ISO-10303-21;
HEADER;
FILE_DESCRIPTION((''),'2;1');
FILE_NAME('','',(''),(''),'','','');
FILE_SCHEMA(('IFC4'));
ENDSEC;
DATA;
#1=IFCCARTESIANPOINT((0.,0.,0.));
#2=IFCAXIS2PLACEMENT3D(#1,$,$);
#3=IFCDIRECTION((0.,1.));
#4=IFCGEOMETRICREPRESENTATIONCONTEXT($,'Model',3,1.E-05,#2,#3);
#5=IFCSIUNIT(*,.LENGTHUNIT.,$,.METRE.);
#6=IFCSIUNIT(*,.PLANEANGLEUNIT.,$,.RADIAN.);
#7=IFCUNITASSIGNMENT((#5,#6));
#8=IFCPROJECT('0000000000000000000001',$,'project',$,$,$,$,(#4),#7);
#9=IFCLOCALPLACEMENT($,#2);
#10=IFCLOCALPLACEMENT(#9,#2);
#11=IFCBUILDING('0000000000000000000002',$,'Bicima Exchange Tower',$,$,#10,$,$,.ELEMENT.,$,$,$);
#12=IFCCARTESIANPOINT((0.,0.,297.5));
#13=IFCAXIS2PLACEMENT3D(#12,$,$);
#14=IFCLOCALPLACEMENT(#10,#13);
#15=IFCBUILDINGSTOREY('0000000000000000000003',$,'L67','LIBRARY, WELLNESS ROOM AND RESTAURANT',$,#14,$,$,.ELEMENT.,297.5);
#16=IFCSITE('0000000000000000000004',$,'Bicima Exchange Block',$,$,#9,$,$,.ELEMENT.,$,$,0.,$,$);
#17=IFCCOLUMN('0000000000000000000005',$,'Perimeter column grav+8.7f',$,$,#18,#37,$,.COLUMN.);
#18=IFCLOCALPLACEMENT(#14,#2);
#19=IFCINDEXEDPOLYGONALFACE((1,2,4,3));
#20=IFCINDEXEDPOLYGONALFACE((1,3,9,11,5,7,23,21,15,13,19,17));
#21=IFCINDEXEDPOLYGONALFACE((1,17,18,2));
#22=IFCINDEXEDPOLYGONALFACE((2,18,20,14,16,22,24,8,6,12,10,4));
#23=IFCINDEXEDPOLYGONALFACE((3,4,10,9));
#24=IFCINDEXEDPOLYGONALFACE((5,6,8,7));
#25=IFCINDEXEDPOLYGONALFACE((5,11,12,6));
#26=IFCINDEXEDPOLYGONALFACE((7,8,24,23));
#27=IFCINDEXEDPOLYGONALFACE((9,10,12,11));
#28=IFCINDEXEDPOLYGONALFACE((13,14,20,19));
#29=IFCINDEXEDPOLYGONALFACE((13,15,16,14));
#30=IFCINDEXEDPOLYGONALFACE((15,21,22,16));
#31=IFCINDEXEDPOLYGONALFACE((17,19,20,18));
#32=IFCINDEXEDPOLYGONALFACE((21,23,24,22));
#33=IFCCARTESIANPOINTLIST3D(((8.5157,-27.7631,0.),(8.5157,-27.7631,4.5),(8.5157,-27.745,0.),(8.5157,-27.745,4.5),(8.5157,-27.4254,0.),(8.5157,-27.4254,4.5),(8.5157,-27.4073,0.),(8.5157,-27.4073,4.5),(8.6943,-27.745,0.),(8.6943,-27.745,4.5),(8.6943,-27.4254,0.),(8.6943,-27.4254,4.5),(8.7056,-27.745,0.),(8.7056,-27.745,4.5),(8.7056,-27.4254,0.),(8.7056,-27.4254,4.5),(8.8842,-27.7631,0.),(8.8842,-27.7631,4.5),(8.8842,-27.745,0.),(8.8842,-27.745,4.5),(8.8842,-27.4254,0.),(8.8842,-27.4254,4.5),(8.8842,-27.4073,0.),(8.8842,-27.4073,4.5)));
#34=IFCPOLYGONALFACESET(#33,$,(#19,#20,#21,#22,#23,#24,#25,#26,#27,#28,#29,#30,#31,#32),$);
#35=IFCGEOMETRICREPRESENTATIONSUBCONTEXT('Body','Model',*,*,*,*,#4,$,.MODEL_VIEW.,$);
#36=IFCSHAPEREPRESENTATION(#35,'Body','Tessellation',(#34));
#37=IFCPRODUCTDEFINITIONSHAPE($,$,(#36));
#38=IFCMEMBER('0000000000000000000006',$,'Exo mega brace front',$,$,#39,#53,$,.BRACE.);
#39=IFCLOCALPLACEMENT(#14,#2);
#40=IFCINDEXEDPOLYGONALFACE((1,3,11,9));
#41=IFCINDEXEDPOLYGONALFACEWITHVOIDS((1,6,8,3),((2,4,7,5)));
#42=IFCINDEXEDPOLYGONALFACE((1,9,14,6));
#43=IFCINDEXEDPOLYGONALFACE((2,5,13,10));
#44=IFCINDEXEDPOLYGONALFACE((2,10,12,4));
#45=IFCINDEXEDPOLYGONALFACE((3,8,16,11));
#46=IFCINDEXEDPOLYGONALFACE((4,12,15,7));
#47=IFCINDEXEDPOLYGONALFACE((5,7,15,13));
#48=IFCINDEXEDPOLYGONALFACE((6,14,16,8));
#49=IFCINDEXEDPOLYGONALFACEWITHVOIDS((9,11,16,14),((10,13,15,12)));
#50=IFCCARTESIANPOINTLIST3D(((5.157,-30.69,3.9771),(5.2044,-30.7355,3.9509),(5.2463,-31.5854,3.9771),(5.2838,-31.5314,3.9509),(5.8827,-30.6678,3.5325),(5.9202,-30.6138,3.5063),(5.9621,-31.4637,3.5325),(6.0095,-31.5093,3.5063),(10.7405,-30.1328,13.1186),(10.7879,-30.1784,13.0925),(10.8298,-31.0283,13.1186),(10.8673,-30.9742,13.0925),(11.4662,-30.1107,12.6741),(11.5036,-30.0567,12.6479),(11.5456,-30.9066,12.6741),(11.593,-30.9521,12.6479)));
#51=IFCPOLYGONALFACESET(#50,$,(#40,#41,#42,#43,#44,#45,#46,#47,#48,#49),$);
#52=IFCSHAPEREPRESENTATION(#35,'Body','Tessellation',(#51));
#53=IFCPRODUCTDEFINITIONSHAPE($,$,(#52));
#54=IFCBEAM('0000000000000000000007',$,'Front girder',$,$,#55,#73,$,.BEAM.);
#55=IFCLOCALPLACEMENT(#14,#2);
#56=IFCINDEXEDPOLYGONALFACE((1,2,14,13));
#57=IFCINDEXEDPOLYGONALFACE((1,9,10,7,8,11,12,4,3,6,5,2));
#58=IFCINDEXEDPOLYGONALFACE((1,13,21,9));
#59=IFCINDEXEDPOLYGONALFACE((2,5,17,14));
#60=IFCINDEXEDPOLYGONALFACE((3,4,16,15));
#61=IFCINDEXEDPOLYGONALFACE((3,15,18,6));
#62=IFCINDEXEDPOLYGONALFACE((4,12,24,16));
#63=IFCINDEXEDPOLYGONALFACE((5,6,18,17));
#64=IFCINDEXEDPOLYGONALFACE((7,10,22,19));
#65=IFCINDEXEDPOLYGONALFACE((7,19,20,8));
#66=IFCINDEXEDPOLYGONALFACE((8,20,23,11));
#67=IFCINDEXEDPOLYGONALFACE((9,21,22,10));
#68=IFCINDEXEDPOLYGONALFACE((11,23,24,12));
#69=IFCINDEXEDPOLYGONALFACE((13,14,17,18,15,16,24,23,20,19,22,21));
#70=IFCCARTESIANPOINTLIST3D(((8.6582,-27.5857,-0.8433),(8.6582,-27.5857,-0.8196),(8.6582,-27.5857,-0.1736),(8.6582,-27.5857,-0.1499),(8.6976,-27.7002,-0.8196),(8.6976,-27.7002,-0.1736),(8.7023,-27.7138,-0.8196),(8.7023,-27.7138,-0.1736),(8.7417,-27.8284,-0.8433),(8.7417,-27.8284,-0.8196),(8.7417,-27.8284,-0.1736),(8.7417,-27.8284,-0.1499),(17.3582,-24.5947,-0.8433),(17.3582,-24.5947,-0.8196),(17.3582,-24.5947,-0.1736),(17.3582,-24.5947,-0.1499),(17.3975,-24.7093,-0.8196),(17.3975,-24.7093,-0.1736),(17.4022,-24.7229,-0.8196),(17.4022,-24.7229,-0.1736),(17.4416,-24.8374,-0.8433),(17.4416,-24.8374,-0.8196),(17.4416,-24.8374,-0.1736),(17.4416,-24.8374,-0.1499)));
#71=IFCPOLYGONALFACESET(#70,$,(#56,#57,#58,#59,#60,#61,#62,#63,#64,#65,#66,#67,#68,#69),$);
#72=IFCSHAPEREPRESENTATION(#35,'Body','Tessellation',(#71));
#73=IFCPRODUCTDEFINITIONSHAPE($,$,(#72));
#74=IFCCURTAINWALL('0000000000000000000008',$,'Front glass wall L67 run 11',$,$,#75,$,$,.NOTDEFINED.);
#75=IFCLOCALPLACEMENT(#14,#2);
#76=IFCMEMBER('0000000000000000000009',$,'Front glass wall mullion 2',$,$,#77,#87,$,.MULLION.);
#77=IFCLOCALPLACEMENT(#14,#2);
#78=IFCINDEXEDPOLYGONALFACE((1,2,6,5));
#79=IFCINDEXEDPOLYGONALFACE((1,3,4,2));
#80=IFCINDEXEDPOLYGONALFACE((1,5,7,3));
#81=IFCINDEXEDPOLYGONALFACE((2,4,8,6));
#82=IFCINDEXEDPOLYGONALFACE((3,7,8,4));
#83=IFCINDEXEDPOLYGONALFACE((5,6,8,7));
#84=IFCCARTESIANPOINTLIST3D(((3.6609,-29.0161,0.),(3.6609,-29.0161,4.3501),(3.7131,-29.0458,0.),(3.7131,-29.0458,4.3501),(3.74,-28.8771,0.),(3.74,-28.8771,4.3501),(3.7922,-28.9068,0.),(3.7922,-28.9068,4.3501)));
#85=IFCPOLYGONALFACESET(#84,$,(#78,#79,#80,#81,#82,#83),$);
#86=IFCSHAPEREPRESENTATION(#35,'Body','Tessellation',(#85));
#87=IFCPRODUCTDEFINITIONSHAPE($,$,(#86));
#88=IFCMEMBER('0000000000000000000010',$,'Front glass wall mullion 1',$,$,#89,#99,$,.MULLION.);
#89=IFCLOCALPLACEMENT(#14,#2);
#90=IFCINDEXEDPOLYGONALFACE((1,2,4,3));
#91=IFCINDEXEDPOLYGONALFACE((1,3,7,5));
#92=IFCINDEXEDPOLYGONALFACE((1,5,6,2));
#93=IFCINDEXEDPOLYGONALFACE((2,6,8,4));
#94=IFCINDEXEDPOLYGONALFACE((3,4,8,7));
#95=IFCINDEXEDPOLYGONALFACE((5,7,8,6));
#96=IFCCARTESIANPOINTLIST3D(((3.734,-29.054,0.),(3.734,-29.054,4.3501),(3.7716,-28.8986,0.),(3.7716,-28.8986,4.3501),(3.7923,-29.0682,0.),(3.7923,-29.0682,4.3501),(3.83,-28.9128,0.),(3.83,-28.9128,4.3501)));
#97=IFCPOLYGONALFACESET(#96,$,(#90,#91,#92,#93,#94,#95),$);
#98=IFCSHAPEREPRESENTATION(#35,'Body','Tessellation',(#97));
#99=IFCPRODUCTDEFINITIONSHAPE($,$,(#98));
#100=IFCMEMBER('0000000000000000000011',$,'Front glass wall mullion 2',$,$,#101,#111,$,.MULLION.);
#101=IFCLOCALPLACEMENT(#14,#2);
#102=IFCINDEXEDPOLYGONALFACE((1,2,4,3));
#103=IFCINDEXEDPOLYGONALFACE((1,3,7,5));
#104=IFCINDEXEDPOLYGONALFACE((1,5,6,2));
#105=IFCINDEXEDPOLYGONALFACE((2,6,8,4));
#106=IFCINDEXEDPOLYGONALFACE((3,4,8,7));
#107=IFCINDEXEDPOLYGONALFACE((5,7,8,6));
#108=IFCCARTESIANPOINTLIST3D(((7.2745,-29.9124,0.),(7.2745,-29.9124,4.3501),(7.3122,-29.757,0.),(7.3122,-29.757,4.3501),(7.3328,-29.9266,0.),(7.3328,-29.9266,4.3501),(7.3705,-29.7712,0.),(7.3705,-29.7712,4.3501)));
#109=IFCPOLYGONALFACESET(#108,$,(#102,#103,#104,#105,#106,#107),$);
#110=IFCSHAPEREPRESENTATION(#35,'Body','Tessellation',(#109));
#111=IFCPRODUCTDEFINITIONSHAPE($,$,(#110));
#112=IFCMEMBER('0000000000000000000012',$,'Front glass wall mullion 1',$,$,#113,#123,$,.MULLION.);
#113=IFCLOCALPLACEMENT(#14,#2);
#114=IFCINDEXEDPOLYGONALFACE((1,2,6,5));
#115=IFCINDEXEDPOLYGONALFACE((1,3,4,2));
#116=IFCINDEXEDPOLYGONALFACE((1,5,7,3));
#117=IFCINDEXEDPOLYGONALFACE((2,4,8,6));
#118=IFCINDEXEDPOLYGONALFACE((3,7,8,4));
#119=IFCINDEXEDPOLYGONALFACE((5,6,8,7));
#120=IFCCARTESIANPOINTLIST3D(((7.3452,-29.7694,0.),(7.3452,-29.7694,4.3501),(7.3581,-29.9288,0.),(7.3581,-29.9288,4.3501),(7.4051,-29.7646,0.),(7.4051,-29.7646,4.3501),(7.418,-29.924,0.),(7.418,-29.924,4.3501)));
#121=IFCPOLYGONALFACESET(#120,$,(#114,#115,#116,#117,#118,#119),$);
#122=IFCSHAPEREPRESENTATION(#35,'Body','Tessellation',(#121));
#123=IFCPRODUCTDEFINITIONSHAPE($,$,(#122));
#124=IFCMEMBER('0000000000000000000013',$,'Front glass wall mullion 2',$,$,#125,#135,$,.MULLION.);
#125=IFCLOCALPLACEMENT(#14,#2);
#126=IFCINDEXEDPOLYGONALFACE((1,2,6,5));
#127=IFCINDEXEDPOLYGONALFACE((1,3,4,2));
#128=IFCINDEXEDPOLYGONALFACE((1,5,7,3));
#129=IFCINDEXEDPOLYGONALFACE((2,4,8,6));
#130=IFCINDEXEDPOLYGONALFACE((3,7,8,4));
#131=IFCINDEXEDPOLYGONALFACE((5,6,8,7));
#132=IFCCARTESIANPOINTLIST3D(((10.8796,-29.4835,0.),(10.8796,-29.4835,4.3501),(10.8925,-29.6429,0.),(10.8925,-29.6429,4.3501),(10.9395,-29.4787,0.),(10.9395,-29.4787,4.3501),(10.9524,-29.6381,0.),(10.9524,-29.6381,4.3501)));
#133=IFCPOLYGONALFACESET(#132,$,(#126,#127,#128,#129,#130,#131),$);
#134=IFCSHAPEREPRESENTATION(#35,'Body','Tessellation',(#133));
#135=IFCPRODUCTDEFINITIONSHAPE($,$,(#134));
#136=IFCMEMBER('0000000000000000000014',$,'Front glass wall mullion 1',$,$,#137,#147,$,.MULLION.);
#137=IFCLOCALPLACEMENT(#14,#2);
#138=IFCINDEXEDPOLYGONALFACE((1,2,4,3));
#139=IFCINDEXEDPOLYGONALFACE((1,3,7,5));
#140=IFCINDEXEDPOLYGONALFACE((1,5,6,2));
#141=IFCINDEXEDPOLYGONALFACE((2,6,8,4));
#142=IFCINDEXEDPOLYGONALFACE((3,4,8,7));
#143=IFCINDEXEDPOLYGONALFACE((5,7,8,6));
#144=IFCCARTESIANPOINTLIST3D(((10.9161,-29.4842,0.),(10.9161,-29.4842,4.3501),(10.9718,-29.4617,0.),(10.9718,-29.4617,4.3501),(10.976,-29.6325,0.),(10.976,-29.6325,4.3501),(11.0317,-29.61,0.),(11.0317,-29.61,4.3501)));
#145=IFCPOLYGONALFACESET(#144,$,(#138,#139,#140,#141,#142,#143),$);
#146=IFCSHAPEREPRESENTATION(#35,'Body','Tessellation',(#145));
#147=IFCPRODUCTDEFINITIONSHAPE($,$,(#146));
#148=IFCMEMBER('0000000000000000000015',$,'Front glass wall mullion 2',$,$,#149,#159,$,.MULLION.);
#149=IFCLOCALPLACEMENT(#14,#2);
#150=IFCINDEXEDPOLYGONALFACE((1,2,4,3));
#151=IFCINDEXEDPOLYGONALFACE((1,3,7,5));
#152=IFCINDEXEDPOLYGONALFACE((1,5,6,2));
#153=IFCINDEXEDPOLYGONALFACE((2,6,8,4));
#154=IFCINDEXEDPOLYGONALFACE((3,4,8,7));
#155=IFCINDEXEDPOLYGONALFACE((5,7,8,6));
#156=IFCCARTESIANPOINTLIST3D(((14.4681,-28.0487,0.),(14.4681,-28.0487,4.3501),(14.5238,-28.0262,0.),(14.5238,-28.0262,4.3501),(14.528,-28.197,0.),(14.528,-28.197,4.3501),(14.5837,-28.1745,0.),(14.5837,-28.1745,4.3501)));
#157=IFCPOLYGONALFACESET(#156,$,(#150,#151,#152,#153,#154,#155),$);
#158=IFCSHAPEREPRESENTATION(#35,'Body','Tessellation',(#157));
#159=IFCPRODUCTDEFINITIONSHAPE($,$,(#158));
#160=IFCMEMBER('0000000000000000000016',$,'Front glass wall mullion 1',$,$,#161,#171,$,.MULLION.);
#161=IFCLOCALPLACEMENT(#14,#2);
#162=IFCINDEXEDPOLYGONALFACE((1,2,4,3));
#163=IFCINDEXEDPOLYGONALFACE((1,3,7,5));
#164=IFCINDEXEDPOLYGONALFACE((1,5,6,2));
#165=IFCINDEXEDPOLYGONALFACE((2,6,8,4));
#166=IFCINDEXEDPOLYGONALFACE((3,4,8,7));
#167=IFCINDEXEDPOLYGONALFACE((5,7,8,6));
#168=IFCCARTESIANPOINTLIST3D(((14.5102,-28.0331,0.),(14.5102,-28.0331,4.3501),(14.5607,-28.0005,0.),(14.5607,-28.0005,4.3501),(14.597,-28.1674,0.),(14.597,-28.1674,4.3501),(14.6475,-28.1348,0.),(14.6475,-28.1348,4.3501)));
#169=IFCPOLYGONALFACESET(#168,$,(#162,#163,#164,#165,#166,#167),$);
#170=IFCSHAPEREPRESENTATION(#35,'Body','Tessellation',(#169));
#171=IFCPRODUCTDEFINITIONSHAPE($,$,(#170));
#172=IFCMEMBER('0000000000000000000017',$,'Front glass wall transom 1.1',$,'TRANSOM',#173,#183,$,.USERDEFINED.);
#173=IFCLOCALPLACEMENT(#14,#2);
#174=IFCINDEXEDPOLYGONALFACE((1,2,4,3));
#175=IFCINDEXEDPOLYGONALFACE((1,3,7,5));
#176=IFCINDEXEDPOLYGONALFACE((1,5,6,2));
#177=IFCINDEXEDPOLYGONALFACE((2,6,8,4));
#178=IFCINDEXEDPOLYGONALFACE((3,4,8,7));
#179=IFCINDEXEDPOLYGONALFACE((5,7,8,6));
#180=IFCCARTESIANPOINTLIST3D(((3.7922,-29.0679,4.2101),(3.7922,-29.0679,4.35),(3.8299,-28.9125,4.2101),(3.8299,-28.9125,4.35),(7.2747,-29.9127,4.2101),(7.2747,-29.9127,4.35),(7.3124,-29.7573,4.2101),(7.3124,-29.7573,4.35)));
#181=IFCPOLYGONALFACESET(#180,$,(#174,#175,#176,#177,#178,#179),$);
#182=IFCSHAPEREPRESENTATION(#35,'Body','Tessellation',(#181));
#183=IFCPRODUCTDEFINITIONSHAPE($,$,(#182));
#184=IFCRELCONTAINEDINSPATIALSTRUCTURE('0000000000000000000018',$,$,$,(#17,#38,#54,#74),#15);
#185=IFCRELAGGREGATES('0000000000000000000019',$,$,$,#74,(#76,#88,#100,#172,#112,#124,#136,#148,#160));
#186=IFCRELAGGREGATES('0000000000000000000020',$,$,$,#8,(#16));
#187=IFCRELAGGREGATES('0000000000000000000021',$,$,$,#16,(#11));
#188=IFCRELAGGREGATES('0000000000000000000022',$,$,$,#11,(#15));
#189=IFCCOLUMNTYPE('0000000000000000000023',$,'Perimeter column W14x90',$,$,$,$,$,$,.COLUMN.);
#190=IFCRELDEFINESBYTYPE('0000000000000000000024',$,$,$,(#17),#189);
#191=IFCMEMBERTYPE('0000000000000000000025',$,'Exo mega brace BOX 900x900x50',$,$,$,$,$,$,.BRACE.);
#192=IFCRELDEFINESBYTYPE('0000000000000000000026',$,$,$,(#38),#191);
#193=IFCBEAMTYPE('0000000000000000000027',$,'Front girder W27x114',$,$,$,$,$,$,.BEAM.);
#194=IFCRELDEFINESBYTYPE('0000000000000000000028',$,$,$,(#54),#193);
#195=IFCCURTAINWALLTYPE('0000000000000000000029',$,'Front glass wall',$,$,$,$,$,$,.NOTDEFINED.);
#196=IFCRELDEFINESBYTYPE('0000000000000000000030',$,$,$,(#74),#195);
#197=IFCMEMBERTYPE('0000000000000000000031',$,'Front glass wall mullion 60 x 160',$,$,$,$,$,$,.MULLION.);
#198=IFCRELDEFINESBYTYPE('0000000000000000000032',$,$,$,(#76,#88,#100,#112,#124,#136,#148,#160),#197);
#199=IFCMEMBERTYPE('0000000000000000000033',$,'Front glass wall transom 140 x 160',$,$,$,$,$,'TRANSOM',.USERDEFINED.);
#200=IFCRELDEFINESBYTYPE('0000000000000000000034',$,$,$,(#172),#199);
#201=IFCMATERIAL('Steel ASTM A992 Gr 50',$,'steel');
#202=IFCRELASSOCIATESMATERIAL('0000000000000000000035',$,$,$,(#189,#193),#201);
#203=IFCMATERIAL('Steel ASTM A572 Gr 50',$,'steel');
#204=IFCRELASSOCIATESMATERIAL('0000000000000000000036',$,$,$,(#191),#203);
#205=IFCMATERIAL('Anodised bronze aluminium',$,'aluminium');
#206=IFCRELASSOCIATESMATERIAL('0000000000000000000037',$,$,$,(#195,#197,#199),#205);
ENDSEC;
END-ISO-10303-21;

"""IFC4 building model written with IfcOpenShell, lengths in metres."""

from ifc_helpers import new_model, si_unit, direction, frame, origin, origin_2d, place, context, subcontext, project, spatial, rectangle, hollow_rectangle, i_section, extrude, material, material_profile, profile_set, type_object, element, aggregate, save


model = new_model("IFC4")

# Units and contexts
model_context = context("Model", 3, precision=1e-05, world=origin(), true_north=direction((0.0, 1.0)))
body_context = subcontext(model_context, "Body", "Model", "MODEL_VIEW")
ifc_project = project(units=[si_unit("LENGTHUNIT", "METRE"), si_unit("PLANEANGLEUNIT", "RADIAN")], contexts=[model_context])

# Site, building, storey
site_placement = place(None, origin())
site = spatial("IfcSite", under=ifc_project, at=site_placement, Name="Bicima Exchange Block", CompositionType="ELEMENT", RefElevation=0.0)
building_placement = place(site_placement, origin())
building = spatial("IfcBuilding", under=site, at=building_placement, Name="Bicima Exchange Tower", CompositionType="ELEMENT")
storey_placement = place(building_placement, frame((0.0, 0.0, 297.5)))
storey = spatial("IfcBuildingStorey", under=building, at=storey_placement, Name="L67", Description="LIBRARY, WELLNESS ROOM AND RESTAURANT", CompositionType="ELEMENT", Elevation=297.5)

# Column
ifc_material_1 = material(Name="Steel ASTM A992 Gr 50", Category="steel")
ifc_material_profile_1 = material_profile(ifc_material_1, i_section(OverallWidth=0.3684, OverallDepth=0.3557, WebThickness=0.0112, FlangeThickness=0.0181, at=origin_2d()))
ifc_profile_set_1 = profile_set([ifc_material_profile_1], Name="Steel ASTM A992 Gr 50")
column_type = type_object("IfcColumnType", Name="Perimeter column W14x90", PredefinedType="COLUMN", material=ifc_profile_set_1)
column_placement = place(storey_placement, frame((8.7, -27.5852, 0.0), z_axis=(0.0, 0.0, 1.0), x_axis=(1.0, 0.0, 0.0)))
element("IfcColumn", 1, at=column_placement, inside=storey, type_object=column_type, Name="Perimeter column grav+8.7f", PredefinedType="COLUMN", context=body_context, shape_type="SweptSolid", body=[
    extrude(i_section(OverallWidth=0.3684, OverallDepth=0.3557, WebThickness=0.0112, FlangeThickness=0.0181, at=origin_2d()), origin(), (0.0, 0.0, 1.0), 4.5),
])

# Member
ifc_material_2 = material(Name="Steel ASTM A572 Gr 50", Category="steel")
ifc_material_profile_2 = material_profile(ifc_material_2, hollow_rectangle(XDim=0.8999, YDim=0.8999, WallThickness=0.05, at=origin_2d()))
ifc_profile_set_2 = profile_set([ifc_material_profile_2], Name="Steel ASTM A572 Gr 50")
member_type_1 = type_object("IfcMemberType", Name="Exo mega brace BOX 900x900x50", PredefinedType="BRACE", material=ifc_profile_set_2)
member_1_placement = place(storey_placement, frame((5.5833, -31.0996, 3.7417), z_axis=(0.52054, 0.05194, 0.852256), x_axis=(-0.099288, 0.995059, 0.0)))
element("IfcMember", 2, at=member_1_placement, inside=storey, type_object=member_type_1, Name="Exo mega brace front", PredefinedType="BRACE", context=body_context, shape_type="SweptSolid", body=[
    extrude(hollow_rectangle(XDim=0.8999, YDim=0.8999, WallThickness=0.05, at=origin_2d()), origin(), (0.0, 0.0, 1.0), 10.7263),
])

# Beam
ifc_material_profile_3 = material_profile(ifc_material_1, i_section(OverallWidth=0.2566, OverallDepth=0.6934, WebThickness=0.0144, FlangeThickness=0.0237, at=origin_2d()))
ifc_profile_set_3 = profile_set([ifc_material_profile_3], Name="Steel ASTM A992 Gr 50")
beam_type = type_object("IfcBeamType", Name="Front girder W27x114", PredefinedType="BEAM", material=ifc_profile_set_3)
beam_placement = place(storey_placement, frame((8.7, -27.707, -0.4966), z_axis=(0.945675, 0.325115, 0.0), x_axis=(-0.325115, 0.945675, 0.0)))
element("IfcBeam", 3, at=beam_placement, inside=storey, type_object=beam_type, Name="Front girder", PredefinedType="BEAM", context=body_context, shape_type="SweptSolid", body=[
    extrude(i_section(OverallWidth=0.2566, OverallDepth=0.6934, WebThickness=0.0144, FlangeThickness=0.0237, at=origin_2d()), origin(), (0.0, 0.0, 1.0), 9.1997),
])

# Curtain wall, members
ifc_material_3 = material(Name="Anodised bronze aluminium", Category="aluminium")
curtain_wall_type = type_object("IfcCurtainWallType", Name="Front glass wall", PredefinedType="NOTDEFINED", material=ifc_material_3)
curtain_wall_placement = place(storey_placement, origin())
curtain_wall = element("IfcCurtainWall", 4, at=curtain_wall_placement, inside=storey, type_object=curtain_wall_type, Name="Front glass wall L67 run 11", PredefinedType="NOTDEFINED")
ifc_material_profile_4 = material_profile(ifc_material_3, rectangle(XDim=0.1599, YDim=0.0601, at=origin_2d()))
ifc_profile_set_4 = profile_set([ifc_material_profile_4], Name="Anodised bronze aluminium")
member_type_2 = type_object("IfcMemberType", Name="Front glass wall mullion 60 x 160", PredefinedType="MULLION", material=ifc_profile_set_4)
member_2_placement = place(storey_placement, frame((3.7266, -28.9614, 0.0), z_axis=(0.0, 0.0, 1.0), x_axis=(0.49433, 0.869274, 0.0)))
member_2 = element("IfcMember", 5, at=member_2_placement, type_object=member_type_2, Name="Front glass wall mullion 2", PredefinedType="MULLION", context=body_context, shape_type="SweptSolid", body=[
    extrude(rectangle(XDim=0.1599, YDim=0.0601, at=origin_2d()), origin(), (0.0, 0.0, 1.0), 4.3501),
])
member_3_placement = place(storey_placement, frame((3.782, -28.9834, 0.0), z_axis=(0.0, 0.0, 1.0), x_axis=(0.235682, 0.97183, 0.0)))
member_3 = element("IfcMember", 6, at=member_3_placement, type_object=member_type_2, Name="Front glass wall mullion 1", PredefinedType="MULLION", context=body_context, shape_type="SweptSolid", body=[
    extrude(rectangle(XDim=0.1599, YDim=0.0601, at=origin_2d()), origin(), (0.0, 0.0, 1.0), 4.3501),
])
member_4_placement = place(storey_placement, frame((7.3225, -29.8418, 0.0), z_axis=(0.0, 0.0, 1.0), x_axis=(0.235682, 0.97183, 0.0)))
member_4 = element("IfcMember", 7, at=member_4_placement, type_object=member_type_2, Name="Front glass wall mullion 2", PredefinedType="MULLION", context=body_context, shape_type="SweptSolid", body=[
    extrude(rectangle(XDim=0.1599, YDim=0.0601, at=origin_2d()), origin(), (0.0, 0.0, 1.0), 4.3501),
])
member_5_placement = place(storey_placement, frame((7.3816, -29.8467, 0.0), z_axis=(0.0, 0.0, 1.0), x_axis=(-0.080589, 0.996747, 0.0)))
member_5 = element("IfcMember", 8, at=member_5_placement, type_object=member_type_2, Name="Front glass wall mullion 1", PredefinedType="MULLION", context=body_context, shape_type="SweptSolid", body=[
    extrude(rectangle(XDim=0.1599, YDim=0.0601, at=origin_2d()), origin(), (0.0, 0.0, 1.0), 4.3501),
])
member_6_placement = place(storey_placement, frame((10.916, -29.5608, 0.0), z_axis=(0.0, 0.0, 1.0), x_axis=(-0.080589, 0.996747, 0.0)))
member_6 = element("IfcMember", 9, at=member_6_placement, type_object=member_type_2, Name="Front glass wall mullion 2", PredefinedType="MULLION", context=body_context, shape_type="SweptSolid", body=[
    extrude(rectangle(XDim=0.1599, YDim=0.0601, at=origin_2d()), origin(), (0.0, 0.0, 1.0), 4.3501),
])
member_7_placement = place(storey_placement, frame((10.9739, -29.5471, 0.0), z_axis=(0.0, 0.0, 1.0), x_axis=(-0.374705, 0.927144, 0.0)))
member_7 = element("IfcMember", 10, at=member_7_placement, type_object=member_type_2, Name="Front glass wall mullion 1", PredefinedType="MULLION", context=body_context, shape_type="SweptSolid", body=[
    extrude(rectangle(XDim=0.1599, YDim=0.0601, at=origin_2d()), origin(), (0.0, 0.0, 1.0), 4.3501),
])
member_8_placement = place(storey_placement, frame((14.5259, -28.1116, 0.0), z_axis=(0.0, 0.0, 1.0), x_axis=(-0.374705, 0.927144, 0.0)))
member_8 = element("IfcMember", 11, at=member_8_placement, type_object=member_type_2, Name="Front glass wall mullion 2", PredefinedType="MULLION", context=body_context, shape_type="SweptSolid", body=[
    extrude(rectangle(XDim=0.1599, YDim=0.0601, at=origin_2d()), origin(), (0.0, 0.0, 1.0), 4.3501),
])
member_9_placement = place(storey_placement, frame((14.5789, -28.084, 0.0), z_axis=(0.0, 0.0, 1.0), x_axis=(-0.542909, 0.839791, 0.0)))
member_9 = element("IfcMember", 12, at=member_9_placement, type_object=member_type_2, Name="Front glass wall mullion 1", PredefinedType="MULLION", context=body_context, shape_type="SweptSolid", body=[
    extrude(rectangle(XDim=0.1599, YDim=0.0601, at=origin_2d()), origin(), (0.0, 0.0, 1.0), 4.3501),
])
ifc_material_profile_5 = material_profile(ifc_material_3, rectangle(XDim=0.1599, YDim=0.1399, at=origin_2d()))
ifc_profile_set_5 = profile_set([ifc_material_profile_5], Name="Anodised bronze aluminium")
member_type_3 = type_object("IfcMemberType", Name="Front glass wall transom 140 x 160", ElementType="TRANSOM", PredefinedType="USERDEFINED", material=ifc_profile_set_5)
member_10_placement = place(storey_placement, frame((3.811, -28.9902, 4.28), z_axis=(0.971818, -0.235733, 0.0), x_axis=(0.235733, 0.971818, 0.0)))
member_10 = element("IfcMember", 13, at=member_10_placement, type_object=member_type_3, Name="Front glass wall transom 1.1", ObjectType="TRANSOM", PredefinedType="USERDEFINED", context=body_context, shape_type="SweptSolid", body=[
    extrude(rectangle(XDim=0.1599, YDim=0.1399, at=origin_2d()), origin(), (0.0, 0.0, 1.0), 3.5835),
])
aggregate(curtain_wall, [member_2, member_3, member_4, member_10, member_5, member_6, member_7, member_8, member_9])

save(model, "model.ifc")
